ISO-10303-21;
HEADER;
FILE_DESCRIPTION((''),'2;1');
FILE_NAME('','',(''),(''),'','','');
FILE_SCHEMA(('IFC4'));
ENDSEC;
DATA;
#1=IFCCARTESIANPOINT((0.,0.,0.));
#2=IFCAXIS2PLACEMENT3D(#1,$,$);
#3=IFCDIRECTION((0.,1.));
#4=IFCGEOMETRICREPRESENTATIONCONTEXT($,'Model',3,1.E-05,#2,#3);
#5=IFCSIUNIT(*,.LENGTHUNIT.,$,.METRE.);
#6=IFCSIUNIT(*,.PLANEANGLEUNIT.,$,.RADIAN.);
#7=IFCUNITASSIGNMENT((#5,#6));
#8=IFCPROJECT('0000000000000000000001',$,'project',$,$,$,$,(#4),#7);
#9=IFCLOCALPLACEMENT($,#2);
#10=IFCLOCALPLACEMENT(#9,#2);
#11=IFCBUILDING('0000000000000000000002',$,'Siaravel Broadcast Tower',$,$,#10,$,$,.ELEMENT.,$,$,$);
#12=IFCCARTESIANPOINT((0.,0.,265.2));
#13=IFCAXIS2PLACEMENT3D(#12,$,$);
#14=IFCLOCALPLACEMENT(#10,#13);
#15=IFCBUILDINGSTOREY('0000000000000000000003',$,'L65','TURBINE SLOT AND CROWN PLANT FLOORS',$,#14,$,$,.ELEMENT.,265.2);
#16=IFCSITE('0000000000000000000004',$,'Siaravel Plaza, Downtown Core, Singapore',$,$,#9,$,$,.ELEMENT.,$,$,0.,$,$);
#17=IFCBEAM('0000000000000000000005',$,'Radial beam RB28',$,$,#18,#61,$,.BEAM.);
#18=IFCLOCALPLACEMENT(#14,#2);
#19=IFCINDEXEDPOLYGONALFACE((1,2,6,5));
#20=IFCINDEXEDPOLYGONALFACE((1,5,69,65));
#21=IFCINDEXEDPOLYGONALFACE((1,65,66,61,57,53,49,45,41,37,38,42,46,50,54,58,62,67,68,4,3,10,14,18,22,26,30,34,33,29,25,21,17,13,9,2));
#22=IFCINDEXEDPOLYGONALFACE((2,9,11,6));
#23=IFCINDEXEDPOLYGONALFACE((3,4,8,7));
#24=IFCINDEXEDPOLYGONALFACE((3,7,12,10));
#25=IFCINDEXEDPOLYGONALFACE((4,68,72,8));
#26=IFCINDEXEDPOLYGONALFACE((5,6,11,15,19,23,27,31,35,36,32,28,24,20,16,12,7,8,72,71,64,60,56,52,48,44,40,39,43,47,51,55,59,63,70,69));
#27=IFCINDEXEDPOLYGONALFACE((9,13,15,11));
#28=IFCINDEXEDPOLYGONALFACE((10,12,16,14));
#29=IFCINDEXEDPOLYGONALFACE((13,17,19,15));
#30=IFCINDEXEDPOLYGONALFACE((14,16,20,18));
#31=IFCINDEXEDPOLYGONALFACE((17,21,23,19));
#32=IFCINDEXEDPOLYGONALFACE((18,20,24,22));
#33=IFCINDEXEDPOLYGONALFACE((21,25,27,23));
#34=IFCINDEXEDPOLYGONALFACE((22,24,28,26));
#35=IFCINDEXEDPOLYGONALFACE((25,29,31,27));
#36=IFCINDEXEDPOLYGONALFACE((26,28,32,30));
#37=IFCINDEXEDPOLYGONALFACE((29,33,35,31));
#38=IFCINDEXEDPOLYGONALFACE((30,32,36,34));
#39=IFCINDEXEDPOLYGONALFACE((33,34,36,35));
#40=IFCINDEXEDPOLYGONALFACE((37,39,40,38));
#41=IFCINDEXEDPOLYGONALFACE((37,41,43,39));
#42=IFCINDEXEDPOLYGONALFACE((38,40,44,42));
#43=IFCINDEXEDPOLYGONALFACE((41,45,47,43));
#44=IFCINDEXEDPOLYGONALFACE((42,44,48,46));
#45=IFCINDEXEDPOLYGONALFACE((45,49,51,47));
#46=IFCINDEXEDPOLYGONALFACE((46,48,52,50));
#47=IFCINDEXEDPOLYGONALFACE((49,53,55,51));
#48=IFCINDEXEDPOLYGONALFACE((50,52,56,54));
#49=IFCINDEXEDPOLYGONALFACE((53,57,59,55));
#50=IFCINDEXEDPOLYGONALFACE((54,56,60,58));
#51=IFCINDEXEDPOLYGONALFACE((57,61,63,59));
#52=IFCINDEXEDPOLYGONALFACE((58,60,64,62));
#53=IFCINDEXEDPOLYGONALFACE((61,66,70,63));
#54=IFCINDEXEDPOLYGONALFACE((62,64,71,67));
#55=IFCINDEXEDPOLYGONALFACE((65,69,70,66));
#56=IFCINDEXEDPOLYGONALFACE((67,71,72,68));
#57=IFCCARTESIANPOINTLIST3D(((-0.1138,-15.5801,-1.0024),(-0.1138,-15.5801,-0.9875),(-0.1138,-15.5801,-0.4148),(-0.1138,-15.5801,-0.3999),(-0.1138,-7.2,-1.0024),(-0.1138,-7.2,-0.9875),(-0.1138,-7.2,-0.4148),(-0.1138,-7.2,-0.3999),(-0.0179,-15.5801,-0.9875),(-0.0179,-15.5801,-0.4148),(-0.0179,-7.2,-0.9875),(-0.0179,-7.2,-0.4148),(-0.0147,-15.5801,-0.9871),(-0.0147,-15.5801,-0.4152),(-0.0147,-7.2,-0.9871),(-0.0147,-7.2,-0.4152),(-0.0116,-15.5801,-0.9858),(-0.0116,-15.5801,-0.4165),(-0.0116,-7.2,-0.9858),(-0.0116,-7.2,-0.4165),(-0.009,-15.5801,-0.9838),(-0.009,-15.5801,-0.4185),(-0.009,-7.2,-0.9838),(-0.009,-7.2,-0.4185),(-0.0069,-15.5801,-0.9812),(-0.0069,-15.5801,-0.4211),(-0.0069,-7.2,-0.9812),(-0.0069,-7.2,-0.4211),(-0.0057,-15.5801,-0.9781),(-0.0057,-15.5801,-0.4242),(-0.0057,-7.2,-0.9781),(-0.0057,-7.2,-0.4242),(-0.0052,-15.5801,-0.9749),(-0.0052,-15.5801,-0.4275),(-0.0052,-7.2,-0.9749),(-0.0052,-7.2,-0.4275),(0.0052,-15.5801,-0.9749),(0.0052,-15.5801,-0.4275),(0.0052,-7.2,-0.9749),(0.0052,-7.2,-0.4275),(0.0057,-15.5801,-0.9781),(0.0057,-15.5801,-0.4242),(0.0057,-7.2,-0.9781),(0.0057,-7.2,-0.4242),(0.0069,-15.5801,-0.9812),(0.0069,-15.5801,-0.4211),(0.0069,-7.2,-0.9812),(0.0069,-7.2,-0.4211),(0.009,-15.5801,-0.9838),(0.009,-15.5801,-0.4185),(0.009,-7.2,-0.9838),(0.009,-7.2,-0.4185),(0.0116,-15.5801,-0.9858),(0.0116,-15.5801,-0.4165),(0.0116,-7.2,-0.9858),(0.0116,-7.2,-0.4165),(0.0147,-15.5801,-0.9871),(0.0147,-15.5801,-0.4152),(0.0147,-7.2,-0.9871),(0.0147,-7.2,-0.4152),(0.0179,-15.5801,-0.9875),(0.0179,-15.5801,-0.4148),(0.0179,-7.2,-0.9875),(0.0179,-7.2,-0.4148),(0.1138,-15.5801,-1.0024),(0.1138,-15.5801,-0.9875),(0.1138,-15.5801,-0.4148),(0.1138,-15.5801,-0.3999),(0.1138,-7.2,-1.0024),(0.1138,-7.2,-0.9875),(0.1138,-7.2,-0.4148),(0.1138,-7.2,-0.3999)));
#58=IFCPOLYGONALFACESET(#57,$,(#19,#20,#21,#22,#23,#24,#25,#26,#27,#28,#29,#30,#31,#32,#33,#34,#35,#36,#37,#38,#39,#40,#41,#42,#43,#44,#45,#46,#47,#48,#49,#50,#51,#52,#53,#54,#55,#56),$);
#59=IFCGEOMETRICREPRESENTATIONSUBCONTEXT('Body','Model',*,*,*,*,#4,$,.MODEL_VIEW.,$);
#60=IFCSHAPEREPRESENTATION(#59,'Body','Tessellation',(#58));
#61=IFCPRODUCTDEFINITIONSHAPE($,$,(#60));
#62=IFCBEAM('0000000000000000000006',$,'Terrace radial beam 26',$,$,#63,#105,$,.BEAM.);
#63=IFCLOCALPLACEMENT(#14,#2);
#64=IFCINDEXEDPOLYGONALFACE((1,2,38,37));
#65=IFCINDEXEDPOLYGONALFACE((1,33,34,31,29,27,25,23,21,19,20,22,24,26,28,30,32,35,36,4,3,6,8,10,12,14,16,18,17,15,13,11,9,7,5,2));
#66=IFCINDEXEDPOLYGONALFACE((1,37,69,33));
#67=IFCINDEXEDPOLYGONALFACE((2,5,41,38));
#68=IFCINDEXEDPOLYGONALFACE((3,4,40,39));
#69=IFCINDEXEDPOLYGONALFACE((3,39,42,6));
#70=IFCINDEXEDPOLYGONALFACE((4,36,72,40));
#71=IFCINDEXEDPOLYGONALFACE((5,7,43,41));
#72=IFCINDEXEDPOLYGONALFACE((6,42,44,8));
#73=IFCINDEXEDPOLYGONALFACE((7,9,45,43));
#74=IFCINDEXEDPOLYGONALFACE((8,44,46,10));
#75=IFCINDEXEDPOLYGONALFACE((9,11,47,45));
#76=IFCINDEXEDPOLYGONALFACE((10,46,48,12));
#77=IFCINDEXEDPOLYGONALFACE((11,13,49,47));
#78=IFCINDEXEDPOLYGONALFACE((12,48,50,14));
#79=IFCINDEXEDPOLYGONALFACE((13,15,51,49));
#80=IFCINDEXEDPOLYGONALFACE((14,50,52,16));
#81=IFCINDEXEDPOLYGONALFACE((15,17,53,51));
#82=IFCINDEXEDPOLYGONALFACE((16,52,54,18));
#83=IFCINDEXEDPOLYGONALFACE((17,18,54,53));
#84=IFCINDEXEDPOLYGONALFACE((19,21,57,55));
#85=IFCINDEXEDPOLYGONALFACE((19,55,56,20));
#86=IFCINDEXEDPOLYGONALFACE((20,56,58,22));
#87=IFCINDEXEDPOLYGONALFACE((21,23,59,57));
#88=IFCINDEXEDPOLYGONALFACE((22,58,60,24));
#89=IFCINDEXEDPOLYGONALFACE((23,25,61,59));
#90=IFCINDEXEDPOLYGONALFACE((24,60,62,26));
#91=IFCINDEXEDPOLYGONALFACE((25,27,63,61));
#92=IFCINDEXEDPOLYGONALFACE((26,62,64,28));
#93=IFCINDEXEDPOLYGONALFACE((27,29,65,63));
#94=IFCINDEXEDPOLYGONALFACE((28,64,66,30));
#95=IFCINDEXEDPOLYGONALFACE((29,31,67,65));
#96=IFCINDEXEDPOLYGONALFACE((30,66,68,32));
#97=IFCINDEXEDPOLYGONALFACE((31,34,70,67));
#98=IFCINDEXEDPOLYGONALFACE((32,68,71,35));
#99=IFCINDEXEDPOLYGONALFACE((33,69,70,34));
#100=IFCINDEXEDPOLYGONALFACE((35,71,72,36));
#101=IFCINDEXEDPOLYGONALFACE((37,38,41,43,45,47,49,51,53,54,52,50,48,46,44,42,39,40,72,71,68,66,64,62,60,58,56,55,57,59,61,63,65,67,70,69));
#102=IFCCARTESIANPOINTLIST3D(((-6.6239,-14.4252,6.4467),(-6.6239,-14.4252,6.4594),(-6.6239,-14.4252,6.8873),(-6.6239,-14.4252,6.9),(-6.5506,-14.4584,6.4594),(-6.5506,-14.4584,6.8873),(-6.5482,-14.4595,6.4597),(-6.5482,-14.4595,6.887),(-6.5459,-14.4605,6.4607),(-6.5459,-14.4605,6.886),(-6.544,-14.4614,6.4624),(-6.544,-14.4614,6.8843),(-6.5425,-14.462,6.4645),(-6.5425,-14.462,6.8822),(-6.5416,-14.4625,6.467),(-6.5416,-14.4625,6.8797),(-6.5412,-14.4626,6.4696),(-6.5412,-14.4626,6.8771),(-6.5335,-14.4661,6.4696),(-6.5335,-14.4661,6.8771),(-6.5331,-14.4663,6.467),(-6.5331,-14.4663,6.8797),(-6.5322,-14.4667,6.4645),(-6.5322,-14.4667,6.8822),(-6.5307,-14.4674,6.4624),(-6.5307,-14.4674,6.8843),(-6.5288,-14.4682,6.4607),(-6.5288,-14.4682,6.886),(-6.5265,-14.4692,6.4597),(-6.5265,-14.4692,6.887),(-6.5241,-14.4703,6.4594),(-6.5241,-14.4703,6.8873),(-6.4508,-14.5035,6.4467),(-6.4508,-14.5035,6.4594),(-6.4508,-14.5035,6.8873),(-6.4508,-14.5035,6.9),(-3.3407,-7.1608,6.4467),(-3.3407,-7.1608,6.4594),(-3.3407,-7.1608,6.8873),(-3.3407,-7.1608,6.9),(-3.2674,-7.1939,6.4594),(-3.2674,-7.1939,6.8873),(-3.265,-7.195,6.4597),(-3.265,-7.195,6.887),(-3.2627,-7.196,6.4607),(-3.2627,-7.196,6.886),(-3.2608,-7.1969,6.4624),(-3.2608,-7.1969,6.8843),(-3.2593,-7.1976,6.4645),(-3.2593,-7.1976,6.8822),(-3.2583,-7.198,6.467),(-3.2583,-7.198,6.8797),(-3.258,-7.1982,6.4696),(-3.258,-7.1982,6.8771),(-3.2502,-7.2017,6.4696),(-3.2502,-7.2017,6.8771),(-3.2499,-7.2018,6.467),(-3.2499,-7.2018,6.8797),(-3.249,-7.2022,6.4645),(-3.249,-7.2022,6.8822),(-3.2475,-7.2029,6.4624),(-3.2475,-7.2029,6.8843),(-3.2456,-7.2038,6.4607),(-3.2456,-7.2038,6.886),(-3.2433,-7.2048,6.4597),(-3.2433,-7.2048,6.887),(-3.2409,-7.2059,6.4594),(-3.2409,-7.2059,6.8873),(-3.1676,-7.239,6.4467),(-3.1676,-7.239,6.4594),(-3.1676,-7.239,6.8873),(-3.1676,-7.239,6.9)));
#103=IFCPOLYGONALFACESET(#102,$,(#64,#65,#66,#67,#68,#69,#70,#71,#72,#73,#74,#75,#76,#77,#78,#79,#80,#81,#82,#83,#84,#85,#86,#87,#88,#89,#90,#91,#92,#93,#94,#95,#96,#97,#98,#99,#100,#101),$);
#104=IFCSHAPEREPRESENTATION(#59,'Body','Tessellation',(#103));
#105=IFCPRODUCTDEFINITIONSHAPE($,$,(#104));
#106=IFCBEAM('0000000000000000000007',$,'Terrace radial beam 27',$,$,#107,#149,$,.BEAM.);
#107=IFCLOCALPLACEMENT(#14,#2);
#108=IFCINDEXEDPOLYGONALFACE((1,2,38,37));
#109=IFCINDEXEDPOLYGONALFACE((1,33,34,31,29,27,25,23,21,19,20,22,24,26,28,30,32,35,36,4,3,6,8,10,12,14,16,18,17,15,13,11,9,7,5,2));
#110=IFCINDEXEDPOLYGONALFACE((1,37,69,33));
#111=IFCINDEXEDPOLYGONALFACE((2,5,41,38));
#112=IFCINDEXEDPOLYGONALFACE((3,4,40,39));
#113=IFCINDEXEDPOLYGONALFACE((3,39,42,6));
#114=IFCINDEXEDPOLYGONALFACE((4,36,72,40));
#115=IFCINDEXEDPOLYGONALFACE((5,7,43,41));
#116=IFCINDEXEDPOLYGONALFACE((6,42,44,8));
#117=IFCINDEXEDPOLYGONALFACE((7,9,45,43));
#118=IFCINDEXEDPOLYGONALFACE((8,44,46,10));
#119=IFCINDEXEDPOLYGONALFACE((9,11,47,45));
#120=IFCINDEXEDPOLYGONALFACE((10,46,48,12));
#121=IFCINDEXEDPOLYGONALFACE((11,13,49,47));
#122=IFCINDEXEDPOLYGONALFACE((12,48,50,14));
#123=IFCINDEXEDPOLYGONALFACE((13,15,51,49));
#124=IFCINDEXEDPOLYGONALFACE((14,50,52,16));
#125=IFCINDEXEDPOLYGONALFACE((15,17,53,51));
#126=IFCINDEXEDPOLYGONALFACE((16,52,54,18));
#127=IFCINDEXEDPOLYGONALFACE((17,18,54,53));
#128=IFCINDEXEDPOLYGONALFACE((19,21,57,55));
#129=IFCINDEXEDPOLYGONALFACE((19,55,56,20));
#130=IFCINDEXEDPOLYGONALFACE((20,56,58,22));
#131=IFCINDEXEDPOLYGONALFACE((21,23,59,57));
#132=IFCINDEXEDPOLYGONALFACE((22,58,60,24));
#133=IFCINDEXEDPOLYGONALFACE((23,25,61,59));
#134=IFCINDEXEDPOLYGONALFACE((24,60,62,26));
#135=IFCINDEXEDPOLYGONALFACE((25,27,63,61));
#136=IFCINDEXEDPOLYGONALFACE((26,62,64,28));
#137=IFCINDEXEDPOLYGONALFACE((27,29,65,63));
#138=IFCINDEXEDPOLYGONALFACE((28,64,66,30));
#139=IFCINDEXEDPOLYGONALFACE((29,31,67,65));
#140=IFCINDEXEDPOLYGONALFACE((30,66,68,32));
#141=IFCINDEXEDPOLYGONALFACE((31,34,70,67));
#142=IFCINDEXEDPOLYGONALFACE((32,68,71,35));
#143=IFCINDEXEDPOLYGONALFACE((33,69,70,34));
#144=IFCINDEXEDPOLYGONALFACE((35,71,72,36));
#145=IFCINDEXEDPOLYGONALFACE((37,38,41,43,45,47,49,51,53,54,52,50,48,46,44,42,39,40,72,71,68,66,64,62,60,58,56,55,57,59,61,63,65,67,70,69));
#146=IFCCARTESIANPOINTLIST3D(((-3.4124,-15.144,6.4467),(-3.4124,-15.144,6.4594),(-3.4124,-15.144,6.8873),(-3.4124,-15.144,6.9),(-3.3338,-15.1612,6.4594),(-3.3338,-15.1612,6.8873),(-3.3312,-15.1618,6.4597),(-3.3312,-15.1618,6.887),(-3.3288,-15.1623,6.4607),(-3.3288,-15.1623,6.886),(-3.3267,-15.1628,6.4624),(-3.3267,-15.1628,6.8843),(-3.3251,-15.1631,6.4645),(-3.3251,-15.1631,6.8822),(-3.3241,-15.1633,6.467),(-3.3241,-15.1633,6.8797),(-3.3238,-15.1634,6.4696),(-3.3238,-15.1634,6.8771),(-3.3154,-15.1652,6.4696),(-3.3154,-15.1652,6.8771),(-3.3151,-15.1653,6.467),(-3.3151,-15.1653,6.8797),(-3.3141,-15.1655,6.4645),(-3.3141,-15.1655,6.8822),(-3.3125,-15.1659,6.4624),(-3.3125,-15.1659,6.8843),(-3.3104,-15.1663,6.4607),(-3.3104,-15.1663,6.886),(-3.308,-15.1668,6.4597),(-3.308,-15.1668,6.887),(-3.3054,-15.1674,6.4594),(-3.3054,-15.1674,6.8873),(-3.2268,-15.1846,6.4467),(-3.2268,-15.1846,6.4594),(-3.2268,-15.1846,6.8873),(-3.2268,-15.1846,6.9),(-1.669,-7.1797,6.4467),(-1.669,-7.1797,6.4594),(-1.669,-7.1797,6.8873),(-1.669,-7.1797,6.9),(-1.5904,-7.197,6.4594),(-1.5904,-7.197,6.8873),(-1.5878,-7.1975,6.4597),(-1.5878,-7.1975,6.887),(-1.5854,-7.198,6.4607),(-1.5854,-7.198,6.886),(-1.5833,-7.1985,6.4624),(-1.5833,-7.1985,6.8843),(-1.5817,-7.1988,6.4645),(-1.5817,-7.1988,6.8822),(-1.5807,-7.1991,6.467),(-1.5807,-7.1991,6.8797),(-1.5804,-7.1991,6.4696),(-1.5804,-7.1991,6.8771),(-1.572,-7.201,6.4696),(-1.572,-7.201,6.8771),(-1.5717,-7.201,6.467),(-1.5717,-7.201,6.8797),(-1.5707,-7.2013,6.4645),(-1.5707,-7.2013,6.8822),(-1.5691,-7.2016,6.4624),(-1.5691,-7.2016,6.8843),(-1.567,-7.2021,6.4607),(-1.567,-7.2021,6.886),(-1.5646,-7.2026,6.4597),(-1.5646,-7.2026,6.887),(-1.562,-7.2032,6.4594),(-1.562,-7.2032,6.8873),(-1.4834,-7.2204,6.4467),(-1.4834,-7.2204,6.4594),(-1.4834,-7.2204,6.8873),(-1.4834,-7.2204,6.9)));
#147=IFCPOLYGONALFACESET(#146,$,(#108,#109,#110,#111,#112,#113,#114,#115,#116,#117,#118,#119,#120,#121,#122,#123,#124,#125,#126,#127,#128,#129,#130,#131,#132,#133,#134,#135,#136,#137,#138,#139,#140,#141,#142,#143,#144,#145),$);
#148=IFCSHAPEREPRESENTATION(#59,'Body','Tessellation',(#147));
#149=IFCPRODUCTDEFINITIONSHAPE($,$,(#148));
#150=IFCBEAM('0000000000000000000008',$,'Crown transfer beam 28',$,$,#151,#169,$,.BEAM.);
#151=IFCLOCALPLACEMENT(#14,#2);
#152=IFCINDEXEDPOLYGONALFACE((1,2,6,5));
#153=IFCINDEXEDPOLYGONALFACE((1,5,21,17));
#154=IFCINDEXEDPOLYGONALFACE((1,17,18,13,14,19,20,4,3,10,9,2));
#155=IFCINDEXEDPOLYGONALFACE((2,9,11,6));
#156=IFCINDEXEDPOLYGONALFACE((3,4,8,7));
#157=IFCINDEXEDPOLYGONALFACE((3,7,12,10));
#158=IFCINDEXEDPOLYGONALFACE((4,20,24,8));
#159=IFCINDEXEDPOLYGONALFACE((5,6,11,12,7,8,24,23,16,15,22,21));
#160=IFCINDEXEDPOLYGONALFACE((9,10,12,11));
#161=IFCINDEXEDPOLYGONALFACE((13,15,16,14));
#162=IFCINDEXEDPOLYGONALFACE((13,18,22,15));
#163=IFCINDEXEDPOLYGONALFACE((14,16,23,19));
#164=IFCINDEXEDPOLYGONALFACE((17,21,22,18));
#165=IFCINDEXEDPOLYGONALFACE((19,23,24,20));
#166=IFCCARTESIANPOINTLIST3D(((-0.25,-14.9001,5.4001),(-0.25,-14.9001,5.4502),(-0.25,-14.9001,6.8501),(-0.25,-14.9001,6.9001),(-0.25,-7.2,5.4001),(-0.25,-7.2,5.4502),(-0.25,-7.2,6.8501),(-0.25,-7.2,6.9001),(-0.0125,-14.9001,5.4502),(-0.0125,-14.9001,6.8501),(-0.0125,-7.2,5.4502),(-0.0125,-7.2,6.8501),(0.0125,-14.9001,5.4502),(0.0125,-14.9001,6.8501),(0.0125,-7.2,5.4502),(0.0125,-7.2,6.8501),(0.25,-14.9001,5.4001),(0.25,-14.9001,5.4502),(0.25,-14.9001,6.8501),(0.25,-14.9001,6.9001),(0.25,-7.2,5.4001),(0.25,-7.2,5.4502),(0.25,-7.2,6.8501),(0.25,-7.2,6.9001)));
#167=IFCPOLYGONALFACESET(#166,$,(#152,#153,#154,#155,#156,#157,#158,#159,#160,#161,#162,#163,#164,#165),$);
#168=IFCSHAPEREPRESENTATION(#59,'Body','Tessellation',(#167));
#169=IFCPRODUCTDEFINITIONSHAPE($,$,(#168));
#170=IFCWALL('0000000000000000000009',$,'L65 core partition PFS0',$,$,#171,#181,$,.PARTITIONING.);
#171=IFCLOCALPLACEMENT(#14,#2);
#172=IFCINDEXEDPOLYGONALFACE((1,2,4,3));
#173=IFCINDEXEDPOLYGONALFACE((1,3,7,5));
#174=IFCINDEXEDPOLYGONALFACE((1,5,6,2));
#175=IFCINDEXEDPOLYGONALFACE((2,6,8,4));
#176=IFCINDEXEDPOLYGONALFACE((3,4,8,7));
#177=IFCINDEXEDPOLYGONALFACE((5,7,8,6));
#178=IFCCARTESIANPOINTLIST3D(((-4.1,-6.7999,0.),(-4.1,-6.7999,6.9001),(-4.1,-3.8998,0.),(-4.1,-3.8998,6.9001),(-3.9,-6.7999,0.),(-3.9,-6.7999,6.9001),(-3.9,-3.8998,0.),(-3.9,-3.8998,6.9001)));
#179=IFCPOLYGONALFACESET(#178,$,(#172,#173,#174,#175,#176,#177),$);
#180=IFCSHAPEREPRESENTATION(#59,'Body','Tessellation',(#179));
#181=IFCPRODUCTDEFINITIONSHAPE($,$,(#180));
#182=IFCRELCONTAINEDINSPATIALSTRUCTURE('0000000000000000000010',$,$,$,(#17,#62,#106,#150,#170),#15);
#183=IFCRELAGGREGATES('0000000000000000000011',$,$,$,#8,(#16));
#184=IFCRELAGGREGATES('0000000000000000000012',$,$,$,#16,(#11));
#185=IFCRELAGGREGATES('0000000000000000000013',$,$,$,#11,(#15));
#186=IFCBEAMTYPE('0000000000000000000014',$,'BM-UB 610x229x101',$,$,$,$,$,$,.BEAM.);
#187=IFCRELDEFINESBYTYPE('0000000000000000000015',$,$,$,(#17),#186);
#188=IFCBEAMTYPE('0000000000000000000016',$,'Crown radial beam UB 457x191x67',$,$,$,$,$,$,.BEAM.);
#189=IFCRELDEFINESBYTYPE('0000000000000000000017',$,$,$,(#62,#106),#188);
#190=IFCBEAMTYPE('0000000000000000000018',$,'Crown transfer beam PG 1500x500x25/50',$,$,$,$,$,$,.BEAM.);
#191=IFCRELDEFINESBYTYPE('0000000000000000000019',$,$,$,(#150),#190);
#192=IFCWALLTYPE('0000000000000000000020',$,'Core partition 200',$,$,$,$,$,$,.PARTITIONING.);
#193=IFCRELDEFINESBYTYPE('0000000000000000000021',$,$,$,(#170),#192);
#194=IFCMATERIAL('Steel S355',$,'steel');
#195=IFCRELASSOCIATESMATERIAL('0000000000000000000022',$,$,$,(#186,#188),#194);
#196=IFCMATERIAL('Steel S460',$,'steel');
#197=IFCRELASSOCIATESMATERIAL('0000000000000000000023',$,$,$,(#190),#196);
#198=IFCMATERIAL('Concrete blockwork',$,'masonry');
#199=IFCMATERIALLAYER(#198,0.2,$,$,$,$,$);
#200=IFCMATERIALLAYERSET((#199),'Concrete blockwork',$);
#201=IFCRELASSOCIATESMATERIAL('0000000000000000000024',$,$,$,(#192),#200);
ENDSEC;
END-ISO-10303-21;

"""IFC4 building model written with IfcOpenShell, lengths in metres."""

from ifc_helpers import new_model, si_unit, direction, frame, frame_2d, origin, origin_2d, place, context, subcontext, project, spatial, rectangle, i_section, extrude, material, layer, layer_set, material_profile, profile_set, type_object, element, save


model = new_model("IFC4")

# Units and contexts
model_context = context("Model", 3, precision=1e-05, world=origin(), true_north=direction((0.0, 1.0)))
body_context = subcontext(model_context, "Body", "Model", "MODEL_VIEW")
ifc_project = project(units=[si_unit("LENGTHUNIT", "METRE"), si_unit("PLANEANGLEUNIT", "RADIAN")], contexts=[model_context])

# Site, building, storey
site_placement = place(None, origin())
site = spatial("IfcSite", under=ifc_project, at=site_placement, Name="Siaravel Plaza, Downtown Core, Singapore", CompositionType="ELEMENT", RefElevation=0.0)
building_placement = place(site_placement, origin())
building = spatial("IfcBuilding", under=site, at=building_placement, Name="Siaravel Broadcast Tower", CompositionType="ELEMENT")
storey_placement = place(building_placement, frame((0.0, 0.0, 265.2)))
storey = spatial("IfcBuildingStorey", under=building, at=storey_placement, Name="L65", Description="TURBINE SLOT AND CROWN PLANT FLOORS", CompositionType="ELEMENT", Elevation=265.2)

# Beams
ifc_material_1 = material(Name="Steel S355", Category="steel")
ifc_material_profile_1 = material_profile(ifc_material_1, i_section(OverallWidth=0.2275, OverallDepth=0.6025, WebThickness=0.0105, FlangeThickness=0.0149, FilletRadius=0.0127, at=origin_2d()))
ifc_profile_set_1 = profile_set([ifc_material_profile_1], Name="Steel S355")
beam_type_1 = type_object("IfcBeamType", Name="BM-UB 610x229x101", PredefinedType="BEAM", material=ifc_profile_set_1)
beam_1_placement = place(storey_placement, frame((0.0, -15.5801, -0.7012), z_axis=(0.0, 1.0, 0.0), x_axis=(-1.0, 0.0, 0.0)))
element("IfcBeam", 1, at=beam_1_placement, inside=storey, type_object=beam_type_1, Name="Radial beam RB28", PredefinedType="BEAM", context=body_context, shape_type="SweptSolid", body=[
    extrude(i_section(OverallWidth=0.2275, OverallDepth=0.6025, WebThickness=0.0105, FlangeThickness=0.0149, FilletRadius=0.0127, at=origin_2d()), origin(), (0.0, 0.0, 1.0), 8.3801),
])
ifc_material_profile_2 = material_profile(ifc_material_1, i_section(OverallWidth=0.1899, OverallDepth=0.4534, WebThickness=0.0085, FlangeThickness=0.0127, FilletRadius=0.0103, at=origin_2d()))
ifc_profile_set_2 = profile_set([ifc_material_profile_2], Name="Steel S355")
beam_type_2 = type_object("IfcBeamType", Name="Crown radial beam UB 457x191x67", PredefinedType="BEAM", material=ifc_profile_set_2)
beam_2_placement = place(storey_placement, frame((-6.5374, -14.4644, 6.6733), z_axis=(0.411848, 0.911253, 0.0), x_axis=(-0.911253, 0.411848, 0.0)))
element("IfcBeam", 2, at=beam_2_placement, inside=storey, type_object=beam_type_2, Name="Terrace radial beam 26", PredefinedType="BEAM", context=body_context, shape_type="SweptSolid", body=[
    extrude(i_section(OverallWidth=0.1899, OverallDepth=0.4534, WebThickness=0.0085, FlangeThickness=0.0127, FilletRadius=0.0103, at=origin_2d()), origin(), (0.0, 0.0, 1.0), 7.9719),
])
beam_3_placement = place(storey_placement, frame((-3.3196, -15.1643, 6.6733), z_axis=(0.213838, 0.976869, 0.0), x_axis=(-0.976869, 0.213838, 0.0)))
element("IfcBeam", 3, at=beam_3_placement, inside=storey, type_object=beam_type_2, Name="Terrace radial beam 27", PredefinedType="BEAM", context=body_context, shape_type="SweptSolid", body=[
    extrude(i_section(OverallWidth=0.1899, OverallDepth=0.4534, WebThickness=0.0085, FlangeThickness=0.0127, FilletRadius=0.0103, at=origin_2d()), origin(), (0.0, 0.0, 1.0), 8.1528),
])
ifc_material_2 = material(Name="Steel S460", Category="steel")
ifc_material_profile_3 = material_profile(ifc_material_2, i_section(OverallWidth=0.5, OverallDepth=1.5, WebThickness=0.0249, FlangeThickness=0.05, at=origin_2d()))
ifc_profile_set_3 = profile_set([ifc_material_profile_3], Name="Steel S460")
beam_type_3 = type_object("IfcBeamType", Name="Crown transfer beam PG 1500x500x25/50", PredefinedType="BEAM", material=ifc_profile_set_3)
beam_4_placement = place(storey_placement, frame((0.0, -14.9001, 6.1501), z_axis=(0.0, 1.0, 0.0), x_axis=(-1.0, 0.0, 0.0)))
element("IfcBeam", 4, at=beam_4_placement, inside=storey, type_object=beam_type_3, Name="Crown transfer beam 28", PredefinedType="BEAM", context=body_context, shape_type="SweptSolid", body=[
    extrude(i_section(OverallWidth=0.5, OverallDepth=1.5, WebThickness=0.0249, FlangeThickness=0.05, at=origin_2d()), origin(), (0.0, 0.0, 1.0), 7.7002),
])

# Wall
ifc_material_3 = material(Name="Concrete blockwork", Category="masonry")
ifc_layer_1 = layer(ifc_material_3, 0.2)
ifc_layer_set_1 = layer_set([ifc_layer_1], Name="Concrete blockwork")
wall_type_1 = type_object("IfcWallType", Name="Core partition 200", PredefinedType="PARTITIONING", material=ifc_layer_set_1)
wall_1_placement = place(storey_placement, frame((-4.0, -6.8, 0.0), z_axis=(0.0, 0.0, 1.0), x_axis=(0.0, 1.0, 0.0)))
element("IfcWall", 5, at=wall_1_placement, inside=storey, type_object=wall_type_1, Name="L65 core partition PFS0", PredefinedType="PARTITIONING", context=body_context, shape_type="SweptSolid", body=[
    extrude(rectangle(XDim=2.9001, YDim=0.2, at=frame_2d((1.4502, 0.0))), origin(), (0.0, 0.0, 1.0), 6.9001),
])

save(model, "model.ifc")
